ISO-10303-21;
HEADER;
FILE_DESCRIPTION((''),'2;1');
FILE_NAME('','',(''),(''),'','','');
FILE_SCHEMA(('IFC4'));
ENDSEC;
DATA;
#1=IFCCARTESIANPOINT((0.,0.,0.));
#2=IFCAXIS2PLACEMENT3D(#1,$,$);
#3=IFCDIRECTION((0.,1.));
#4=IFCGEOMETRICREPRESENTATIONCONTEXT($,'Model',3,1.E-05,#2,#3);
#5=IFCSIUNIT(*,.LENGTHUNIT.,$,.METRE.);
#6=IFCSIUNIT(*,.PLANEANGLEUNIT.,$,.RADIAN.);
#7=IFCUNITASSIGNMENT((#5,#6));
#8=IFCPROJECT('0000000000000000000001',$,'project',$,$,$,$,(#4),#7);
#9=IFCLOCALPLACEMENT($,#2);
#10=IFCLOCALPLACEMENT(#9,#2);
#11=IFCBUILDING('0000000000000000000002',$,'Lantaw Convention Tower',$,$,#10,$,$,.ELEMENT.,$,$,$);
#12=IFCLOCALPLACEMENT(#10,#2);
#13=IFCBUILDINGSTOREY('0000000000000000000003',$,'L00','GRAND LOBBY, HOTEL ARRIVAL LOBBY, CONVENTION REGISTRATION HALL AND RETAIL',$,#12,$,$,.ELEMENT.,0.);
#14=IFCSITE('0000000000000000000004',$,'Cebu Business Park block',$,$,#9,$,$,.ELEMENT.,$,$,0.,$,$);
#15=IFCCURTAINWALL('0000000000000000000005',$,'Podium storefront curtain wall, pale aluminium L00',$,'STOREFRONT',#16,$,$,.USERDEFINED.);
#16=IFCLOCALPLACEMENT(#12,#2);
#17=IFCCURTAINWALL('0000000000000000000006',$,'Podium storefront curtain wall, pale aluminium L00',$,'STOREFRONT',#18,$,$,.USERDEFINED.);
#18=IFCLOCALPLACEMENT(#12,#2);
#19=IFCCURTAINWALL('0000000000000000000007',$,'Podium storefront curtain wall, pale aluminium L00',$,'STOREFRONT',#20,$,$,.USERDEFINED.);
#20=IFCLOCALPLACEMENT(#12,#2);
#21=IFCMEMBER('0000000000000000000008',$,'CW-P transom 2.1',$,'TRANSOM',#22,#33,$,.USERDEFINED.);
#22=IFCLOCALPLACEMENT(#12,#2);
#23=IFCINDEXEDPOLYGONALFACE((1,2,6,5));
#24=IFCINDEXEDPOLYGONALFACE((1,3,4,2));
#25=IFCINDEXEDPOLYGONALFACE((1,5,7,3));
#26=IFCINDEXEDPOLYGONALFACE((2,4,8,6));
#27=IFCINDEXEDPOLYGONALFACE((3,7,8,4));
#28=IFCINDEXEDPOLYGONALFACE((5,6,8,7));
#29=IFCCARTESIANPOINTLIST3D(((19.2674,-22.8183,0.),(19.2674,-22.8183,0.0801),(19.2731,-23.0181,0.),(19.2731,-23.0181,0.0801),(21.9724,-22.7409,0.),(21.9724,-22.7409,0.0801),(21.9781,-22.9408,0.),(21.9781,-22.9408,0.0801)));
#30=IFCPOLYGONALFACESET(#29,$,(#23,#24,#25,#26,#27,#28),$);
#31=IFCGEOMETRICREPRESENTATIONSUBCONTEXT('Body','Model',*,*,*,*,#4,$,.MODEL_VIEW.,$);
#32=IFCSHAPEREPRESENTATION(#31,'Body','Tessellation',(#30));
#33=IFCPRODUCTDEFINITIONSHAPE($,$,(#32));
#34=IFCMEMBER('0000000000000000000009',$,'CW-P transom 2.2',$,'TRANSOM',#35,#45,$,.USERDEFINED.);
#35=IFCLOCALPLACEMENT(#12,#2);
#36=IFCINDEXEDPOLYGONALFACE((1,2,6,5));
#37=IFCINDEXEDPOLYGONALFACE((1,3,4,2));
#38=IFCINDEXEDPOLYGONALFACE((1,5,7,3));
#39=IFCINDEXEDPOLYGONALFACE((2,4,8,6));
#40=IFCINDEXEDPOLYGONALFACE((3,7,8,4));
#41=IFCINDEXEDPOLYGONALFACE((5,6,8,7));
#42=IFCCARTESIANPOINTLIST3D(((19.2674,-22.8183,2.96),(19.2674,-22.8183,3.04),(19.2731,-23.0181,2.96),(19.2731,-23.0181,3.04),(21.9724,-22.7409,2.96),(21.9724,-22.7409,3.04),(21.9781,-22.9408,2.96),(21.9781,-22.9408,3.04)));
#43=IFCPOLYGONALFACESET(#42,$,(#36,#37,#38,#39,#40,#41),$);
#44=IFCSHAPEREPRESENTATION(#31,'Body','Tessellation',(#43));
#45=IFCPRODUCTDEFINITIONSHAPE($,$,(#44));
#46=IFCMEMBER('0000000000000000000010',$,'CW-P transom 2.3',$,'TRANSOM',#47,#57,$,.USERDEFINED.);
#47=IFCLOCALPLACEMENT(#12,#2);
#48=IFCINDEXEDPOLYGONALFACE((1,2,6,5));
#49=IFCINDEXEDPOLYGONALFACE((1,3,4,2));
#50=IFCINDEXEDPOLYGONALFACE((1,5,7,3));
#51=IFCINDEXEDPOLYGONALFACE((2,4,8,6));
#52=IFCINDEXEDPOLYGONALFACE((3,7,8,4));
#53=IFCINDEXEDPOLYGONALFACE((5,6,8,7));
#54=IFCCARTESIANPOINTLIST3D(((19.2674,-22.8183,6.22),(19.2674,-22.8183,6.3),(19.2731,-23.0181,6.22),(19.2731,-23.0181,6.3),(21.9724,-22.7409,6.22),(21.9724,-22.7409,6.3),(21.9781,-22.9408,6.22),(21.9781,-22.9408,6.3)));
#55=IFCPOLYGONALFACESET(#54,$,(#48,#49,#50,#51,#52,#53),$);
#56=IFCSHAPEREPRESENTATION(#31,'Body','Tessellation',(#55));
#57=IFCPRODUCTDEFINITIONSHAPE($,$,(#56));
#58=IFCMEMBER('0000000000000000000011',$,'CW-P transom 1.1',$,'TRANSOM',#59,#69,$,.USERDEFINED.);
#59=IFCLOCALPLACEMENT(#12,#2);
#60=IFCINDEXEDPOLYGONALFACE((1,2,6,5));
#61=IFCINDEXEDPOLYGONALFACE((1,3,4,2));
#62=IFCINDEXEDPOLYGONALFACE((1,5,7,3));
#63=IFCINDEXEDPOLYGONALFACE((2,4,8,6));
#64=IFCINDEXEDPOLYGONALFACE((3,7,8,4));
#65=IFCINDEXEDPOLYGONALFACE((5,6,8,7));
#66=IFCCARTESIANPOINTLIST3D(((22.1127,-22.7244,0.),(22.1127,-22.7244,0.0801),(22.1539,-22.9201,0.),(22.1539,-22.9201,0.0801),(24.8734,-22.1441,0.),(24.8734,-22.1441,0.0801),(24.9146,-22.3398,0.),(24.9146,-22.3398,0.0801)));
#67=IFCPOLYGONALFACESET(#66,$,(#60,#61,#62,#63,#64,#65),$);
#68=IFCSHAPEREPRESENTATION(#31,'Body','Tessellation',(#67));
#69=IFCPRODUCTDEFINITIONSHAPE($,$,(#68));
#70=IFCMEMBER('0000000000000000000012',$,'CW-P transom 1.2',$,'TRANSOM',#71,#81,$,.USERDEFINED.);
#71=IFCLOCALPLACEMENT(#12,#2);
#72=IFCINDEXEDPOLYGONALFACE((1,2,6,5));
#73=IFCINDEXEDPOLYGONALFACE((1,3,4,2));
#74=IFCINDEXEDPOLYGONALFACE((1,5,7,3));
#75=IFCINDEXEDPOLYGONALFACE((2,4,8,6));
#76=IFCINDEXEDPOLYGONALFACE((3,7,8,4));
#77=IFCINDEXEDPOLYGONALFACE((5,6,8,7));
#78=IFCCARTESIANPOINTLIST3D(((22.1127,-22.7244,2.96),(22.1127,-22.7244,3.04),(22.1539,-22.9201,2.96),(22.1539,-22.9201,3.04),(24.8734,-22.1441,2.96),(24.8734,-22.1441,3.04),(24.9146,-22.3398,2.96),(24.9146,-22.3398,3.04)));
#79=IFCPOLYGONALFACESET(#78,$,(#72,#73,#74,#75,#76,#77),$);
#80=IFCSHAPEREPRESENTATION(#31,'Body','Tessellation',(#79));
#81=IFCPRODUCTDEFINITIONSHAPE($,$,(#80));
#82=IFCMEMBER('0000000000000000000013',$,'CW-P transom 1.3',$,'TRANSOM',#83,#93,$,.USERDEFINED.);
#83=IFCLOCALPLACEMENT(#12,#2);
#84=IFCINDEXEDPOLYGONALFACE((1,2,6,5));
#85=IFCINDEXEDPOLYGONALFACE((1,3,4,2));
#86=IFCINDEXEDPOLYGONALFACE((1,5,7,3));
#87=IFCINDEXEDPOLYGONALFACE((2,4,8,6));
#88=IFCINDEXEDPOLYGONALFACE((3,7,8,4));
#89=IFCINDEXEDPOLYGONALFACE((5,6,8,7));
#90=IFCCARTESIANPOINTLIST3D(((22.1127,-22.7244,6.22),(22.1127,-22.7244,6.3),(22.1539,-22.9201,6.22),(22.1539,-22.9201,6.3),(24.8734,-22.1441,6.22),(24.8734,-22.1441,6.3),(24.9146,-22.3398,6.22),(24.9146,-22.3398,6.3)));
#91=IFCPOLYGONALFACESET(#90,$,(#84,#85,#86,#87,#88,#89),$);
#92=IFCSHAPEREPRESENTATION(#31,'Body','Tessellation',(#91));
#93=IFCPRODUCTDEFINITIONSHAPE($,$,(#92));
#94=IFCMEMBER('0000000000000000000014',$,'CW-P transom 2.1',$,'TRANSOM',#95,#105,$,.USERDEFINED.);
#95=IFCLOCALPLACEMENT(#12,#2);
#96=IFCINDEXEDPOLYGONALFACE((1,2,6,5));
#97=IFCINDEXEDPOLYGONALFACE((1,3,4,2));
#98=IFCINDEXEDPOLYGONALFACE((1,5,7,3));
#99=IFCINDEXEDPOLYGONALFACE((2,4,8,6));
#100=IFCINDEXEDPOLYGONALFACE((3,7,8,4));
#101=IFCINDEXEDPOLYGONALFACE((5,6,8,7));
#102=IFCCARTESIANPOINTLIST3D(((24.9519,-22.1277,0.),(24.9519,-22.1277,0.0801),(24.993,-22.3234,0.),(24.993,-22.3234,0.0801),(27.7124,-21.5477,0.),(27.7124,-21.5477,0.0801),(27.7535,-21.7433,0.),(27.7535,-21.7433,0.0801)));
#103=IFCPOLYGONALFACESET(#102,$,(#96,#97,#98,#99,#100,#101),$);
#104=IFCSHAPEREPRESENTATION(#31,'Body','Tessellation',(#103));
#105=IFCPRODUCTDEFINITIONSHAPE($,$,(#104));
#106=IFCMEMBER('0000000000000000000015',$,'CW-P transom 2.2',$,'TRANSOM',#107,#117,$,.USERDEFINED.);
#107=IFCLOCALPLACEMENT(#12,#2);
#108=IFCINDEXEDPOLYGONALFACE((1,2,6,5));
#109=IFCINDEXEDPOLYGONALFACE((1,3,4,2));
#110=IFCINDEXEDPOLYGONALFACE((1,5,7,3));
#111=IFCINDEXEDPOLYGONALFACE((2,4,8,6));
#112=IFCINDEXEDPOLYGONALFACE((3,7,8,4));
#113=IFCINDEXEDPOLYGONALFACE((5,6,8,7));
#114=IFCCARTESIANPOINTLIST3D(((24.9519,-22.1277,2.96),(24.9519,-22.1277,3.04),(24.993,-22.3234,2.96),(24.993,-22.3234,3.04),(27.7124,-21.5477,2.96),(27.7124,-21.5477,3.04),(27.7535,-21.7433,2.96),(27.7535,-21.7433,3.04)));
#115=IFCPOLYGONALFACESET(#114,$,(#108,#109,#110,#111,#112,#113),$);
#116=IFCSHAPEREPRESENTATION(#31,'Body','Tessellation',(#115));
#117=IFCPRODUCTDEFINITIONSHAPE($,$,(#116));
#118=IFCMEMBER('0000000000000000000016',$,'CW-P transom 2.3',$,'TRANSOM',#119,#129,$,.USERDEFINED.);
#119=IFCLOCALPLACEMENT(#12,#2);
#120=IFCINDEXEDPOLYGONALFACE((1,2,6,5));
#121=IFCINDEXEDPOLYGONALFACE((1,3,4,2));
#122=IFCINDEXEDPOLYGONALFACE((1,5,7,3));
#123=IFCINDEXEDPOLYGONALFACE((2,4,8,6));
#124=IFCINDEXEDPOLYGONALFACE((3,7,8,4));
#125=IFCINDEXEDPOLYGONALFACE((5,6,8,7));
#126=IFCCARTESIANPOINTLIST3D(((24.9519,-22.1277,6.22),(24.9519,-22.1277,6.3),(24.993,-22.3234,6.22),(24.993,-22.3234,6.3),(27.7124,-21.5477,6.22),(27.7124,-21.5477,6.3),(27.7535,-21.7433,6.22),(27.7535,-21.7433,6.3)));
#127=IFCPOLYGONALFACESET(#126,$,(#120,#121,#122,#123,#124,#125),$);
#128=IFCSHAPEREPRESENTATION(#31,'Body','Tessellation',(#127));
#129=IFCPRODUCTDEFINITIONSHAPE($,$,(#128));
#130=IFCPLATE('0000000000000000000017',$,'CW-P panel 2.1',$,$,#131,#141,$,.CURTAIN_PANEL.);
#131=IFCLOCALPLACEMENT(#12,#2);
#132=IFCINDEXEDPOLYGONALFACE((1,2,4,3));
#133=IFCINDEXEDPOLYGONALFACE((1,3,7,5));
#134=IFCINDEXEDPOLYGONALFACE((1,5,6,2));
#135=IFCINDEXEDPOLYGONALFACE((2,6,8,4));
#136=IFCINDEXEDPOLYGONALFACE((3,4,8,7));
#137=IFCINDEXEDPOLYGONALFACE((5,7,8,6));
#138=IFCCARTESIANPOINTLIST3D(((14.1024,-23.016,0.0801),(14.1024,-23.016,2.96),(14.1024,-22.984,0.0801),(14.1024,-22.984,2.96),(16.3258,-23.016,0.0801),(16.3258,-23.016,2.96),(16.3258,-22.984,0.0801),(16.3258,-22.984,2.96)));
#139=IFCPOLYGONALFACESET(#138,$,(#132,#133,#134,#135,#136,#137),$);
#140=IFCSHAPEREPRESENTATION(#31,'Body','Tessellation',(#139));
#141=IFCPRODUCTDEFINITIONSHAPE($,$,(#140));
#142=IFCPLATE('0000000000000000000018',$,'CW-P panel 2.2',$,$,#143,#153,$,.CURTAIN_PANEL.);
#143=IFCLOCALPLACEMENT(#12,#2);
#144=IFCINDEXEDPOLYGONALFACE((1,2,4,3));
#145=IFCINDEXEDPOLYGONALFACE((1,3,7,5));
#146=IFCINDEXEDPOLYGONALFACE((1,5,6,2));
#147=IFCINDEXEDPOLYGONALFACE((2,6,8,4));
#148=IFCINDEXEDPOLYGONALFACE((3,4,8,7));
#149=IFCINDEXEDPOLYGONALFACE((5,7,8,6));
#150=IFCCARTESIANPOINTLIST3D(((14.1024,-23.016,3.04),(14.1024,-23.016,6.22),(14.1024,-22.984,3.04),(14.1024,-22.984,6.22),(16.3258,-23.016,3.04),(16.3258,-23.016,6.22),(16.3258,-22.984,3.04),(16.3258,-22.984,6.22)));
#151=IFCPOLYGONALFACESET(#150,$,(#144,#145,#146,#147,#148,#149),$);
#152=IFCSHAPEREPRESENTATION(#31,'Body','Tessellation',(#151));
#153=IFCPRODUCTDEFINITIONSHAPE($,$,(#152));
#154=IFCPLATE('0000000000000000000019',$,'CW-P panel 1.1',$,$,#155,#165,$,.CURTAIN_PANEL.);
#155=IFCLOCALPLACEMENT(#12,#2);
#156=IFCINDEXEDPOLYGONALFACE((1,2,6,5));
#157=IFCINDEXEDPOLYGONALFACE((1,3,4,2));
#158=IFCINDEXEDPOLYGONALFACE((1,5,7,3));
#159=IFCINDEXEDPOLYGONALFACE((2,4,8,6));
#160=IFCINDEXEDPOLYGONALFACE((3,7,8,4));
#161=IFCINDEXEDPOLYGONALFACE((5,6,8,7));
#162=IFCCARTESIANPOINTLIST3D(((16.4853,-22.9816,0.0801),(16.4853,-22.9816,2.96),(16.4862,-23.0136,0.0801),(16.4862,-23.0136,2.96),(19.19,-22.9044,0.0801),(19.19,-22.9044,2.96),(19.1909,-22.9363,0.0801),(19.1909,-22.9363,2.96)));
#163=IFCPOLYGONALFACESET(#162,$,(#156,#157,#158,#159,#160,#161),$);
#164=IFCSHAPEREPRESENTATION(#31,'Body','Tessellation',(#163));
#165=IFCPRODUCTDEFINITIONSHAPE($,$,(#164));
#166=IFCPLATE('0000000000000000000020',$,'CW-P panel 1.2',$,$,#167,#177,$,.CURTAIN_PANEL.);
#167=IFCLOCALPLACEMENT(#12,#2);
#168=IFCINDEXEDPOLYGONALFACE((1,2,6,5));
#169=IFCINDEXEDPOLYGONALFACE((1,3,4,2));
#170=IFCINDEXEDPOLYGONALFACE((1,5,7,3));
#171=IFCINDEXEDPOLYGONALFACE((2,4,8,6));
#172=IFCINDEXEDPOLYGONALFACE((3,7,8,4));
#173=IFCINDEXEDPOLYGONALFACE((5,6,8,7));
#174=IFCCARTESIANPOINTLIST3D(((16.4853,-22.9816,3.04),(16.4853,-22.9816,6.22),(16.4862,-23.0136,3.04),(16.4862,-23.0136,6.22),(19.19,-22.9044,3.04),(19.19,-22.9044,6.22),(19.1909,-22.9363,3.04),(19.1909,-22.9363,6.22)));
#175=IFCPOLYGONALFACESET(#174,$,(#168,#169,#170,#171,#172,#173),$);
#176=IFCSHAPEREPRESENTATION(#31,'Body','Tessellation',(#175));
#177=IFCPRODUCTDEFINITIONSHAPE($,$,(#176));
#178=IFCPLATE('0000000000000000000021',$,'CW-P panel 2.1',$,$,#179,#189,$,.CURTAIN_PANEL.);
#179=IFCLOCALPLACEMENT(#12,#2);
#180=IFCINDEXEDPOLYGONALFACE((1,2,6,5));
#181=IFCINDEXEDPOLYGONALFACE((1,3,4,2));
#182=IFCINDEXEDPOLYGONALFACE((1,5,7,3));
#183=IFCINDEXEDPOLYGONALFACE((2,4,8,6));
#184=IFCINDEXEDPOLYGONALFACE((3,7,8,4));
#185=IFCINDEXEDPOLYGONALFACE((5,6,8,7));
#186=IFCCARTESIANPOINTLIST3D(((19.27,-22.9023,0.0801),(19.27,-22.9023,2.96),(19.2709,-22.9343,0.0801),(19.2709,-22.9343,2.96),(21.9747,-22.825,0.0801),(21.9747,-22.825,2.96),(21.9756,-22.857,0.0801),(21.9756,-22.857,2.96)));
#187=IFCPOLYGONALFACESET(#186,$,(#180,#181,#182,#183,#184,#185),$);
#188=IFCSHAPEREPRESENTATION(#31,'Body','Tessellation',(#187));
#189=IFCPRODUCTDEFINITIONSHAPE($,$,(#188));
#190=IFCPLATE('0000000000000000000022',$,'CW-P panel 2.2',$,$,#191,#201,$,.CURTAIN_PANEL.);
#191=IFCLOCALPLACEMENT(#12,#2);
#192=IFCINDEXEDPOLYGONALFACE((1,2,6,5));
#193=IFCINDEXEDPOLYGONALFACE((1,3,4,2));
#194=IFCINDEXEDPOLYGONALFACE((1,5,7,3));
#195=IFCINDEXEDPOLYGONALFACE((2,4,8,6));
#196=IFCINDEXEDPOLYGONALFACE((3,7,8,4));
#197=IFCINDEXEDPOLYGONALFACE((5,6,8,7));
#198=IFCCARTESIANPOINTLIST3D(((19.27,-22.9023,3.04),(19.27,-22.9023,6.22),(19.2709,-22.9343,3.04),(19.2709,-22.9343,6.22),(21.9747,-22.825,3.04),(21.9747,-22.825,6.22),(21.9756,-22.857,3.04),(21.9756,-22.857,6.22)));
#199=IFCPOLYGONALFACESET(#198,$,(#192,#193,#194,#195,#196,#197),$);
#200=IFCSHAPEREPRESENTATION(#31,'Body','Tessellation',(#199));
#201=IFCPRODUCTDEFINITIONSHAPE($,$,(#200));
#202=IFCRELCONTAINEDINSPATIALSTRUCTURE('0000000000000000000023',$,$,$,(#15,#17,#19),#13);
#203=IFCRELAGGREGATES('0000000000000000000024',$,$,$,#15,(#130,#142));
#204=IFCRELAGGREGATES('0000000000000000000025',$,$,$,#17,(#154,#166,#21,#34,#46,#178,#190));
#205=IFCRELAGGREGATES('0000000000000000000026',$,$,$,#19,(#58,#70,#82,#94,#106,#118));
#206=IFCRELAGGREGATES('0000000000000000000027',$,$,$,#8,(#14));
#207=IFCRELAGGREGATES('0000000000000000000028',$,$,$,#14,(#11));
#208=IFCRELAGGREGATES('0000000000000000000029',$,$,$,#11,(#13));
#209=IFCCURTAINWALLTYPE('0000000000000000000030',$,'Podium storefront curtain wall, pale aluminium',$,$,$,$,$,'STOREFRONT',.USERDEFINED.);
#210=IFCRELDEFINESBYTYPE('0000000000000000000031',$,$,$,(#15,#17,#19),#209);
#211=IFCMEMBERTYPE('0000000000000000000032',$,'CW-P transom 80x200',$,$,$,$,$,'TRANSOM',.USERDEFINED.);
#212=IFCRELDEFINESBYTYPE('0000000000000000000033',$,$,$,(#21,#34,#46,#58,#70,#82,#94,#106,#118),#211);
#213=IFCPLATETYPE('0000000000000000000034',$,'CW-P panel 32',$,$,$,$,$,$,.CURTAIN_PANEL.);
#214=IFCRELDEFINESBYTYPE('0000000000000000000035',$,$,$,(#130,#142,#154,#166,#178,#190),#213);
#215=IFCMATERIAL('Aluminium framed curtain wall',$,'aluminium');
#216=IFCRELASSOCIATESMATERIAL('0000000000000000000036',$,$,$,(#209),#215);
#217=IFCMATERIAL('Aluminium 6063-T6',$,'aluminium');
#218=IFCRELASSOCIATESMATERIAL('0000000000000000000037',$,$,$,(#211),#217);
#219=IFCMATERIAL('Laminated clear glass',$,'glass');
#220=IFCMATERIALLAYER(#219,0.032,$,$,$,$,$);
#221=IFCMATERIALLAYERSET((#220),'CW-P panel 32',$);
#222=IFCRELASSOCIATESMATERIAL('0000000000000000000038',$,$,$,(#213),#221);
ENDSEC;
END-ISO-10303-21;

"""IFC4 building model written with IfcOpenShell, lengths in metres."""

from ifc_helpers import new_model, si_unit, direction, frame, origin, origin_2d, place, context, subcontext, project, spatial, rectangle, extrude, material, layer, layer_set, material_profile, profile_set, type_object, element, aggregate, save


model = new_model("IFC4")

# Units and contexts
model_context = context("Model", 3, precision=1e-05, world=origin(), true_north=direction((0.0, 1.0)))
body_context = subcontext(model_context, "Body", "Model", "MODEL_VIEW")
ifc_project = project(units=[si_unit("LENGTHUNIT", "METRE"), si_unit("PLANEANGLEUNIT", "RADIAN")], contexts=[model_context])

# Site, building, storey
site_placement = place(None, origin())
site = spatial("IfcSite", under=ifc_project, at=site_placement, Name="Cebu Business Park block", CompositionType="ELEMENT", RefElevation=0.0)
building_placement = place(site_placement, origin())
building = spatial("IfcBuilding", under=site, at=building_placement, Name="Lantaw Convention Tower", CompositionType="ELEMENT")
storey_placement = place(building_placement, origin())
storey = spatial("IfcBuildingStorey", under=building, at=storey_placement, Name="L00", Description="GRAND LOBBY, HOTEL ARRIVAL LOBBY, CONVENTION REGISTRATION HALL AND RETAIL", CompositionType="ELEMENT", Elevation=0.0)

# Curtain wall
ifc_material_1 = material(Name="Aluminium framed curtain wall", Category="aluminium")
curtain_wall_type = type_object("IfcCurtainWallType", Name="Podium storefront curtain wall, pale aluminium", ElementType="STOREFRONT", PredefinedType="USERDEFINED", material=ifc_material_1)
curtain_wall_1_placement = place(storey_placement, origin())
curtain_wall_1 = element("IfcCurtainWall", 1, at=curtain_wall_1_placement, inside=storey, type_object=curtain_wall_type, Name="Podium storefront curtain wall, pale aluminium L00", ObjectType="STOREFRONT", PredefinedType="USERDEFINED")
ifc_material_2 = material(Name="Aluminium 6063-T6", Category="aluminium")

# Curtain walls
curtain_wall_2_placement = place(storey_placement, origin())
curtain_wall_2 = element("IfcCurtainWall", 2, at=curtain_wall_2_placement, inside=storey, type_object=curtain_wall_type, Name="Podium storefront curtain wall, pale aluminium L00", ObjectType="STOREFRONT", PredefinedType="USERDEFINED")
curtain_wall_3_placement = place(storey_placement, origin())
curtain_wall_3 = element("IfcCurtainWall", 3, at=curtain_wall_3_placement, inside=storey, type_object=curtain_wall_type, Name="Podium storefront curtain wall, pale aluminium L00", ObjectType="STOREFRONT", PredefinedType="USERDEFINED")

# Members
ifc_material_profile_1 = material_profile(ifc_material_2, rectangle(XDim=0.2, YDim=0.0801, at=origin_2d()), Name="CW-P transom 80x200")
ifc_profile_set_1 = profile_set([ifc_material_profile_1], Name="Aluminium 6063-T6")
member_type_1 = type_object("IfcMemberType", Name="CW-P transom 80x200", ElementType="TRANSOM", PredefinedType="USERDEFINED", material=ifc_profile_set_1)
member_1_placement = place(storey_placement, frame((19.2703, -22.9182, 0.04), z_axis=(0.999591, 0.028601, 0.0), x_axis=(-0.028601, 0.999591, 0.0)))
member_1 = element("IfcMember", 4, at=member_1_placement, type_object=member_type_1, Name="CW-P transom 2.1", ObjectType="TRANSOM", PredefinedType="USERDEFINED", context=body_context, shape_type="SweptSolid", body=[
    extrude(rectangle(XDim=0.2, YDim=0.0801, at=origin_2d()), origin(), (0.0, 0.0, 1.0), 2.7061),
])
member_2_placement = place(storey_placement, frame((19.2703, -22.9182, 3.0), z_axis=(0.999591, 0.028601, 0.0), x_axis=(-0.028601, 0.999591, 0.0)))
member_2 = element("IfcMember", 5, at=member_2_placement, type_object=member_type_1, Name="CW-P transom 2.2", ObjectType="TRANSOM", PredefinedType="USERDEFINED", context=body_context, shape_type="SweptSolid", body=[
    extrude(rectangle(XDim=0.2, YDim=0.0801, at=origin_2d()), origin(), (0.0, 0.0, 1.0), 2.7061),
])
member_3_placement = place(storey_placement, frame((19.2703, -22.9182, 6.26), z_axis=(0.999591, 0.028601, 0.0), x_axis=(-0.028601, 0.999591, 0.0)))
member_3 = element("IfcMember", 6, at=member_3_placement, type_object=member_type_1, Name="CW-P transom 2.3", ObjectType="TRANSOM", PredefinedType="USERDEFINED", context=body_context, shape_type="SweptSolid", body=[
    extrude(rectangle(XDim=0.2, YDim=0.0801, at=origin_2d()), origin(), (0.0, 0.0, 1.0), 2.7061),
])
member_4_placement = place(storey_placement, frame((22.1333, -22.8223, 0.04), z_axis=(0.978613, 0.20571, 0.0), x_axis=(-0.20571, 0.978613, 0.0)))
member_4 = element("IfcMember", 7, at=member_4_placement, type_object=member_type_1, Name="CW-P transom 1.1", ObjectType="TRANSOM", PredefinedType="USERDEFINED", context=body_context, shape_type="SweptSolid", body=[
    extrude(rectangle(XDim=0.2, YDim=0.0801, at=origin_2d()), origin(), (0.0, 0.0, 1.0), 2.821),
])
member_5_placement = place(storey_placement, frame((22.1333, -22.8223, 3.0), z_axis=(0.978613, 0.20571, 0.0), x_axis=(-0.20571, 0.978613, 0.0)))
member_5 = element("IfcMember", 8, at=member_5_placement, type_object=member_type_1, Name="CW-P transom 1.2", ObjectType="TRANSOM", PredefinedType="USERDEFINED", context=body_context, shape_type="SweptSolid", body=[
    extrude(rectangle(XDim=0.2, YDim=0.0801, at=origin_2d()), origin(), (0.0, 0.0, 1.0), 2.821),
])
member_6_placement = place(storey_placement, frame((22.1333, -22.8223, 6.26), z_axis=(0.978613, 0.20571, 0.0), x_axis=(-0.20571, 0.978613, 0.0)))
member_6 = element("IfcMember", 9, at=member_6_placement, type_object=member_type_1, Name="CW-P transom 1.3", ObjectType="TRANSOM", PredefinedType="USERDEFINED", context=body_context, shape_type="SweptSolid", body=[
    extrude(rectangle(XDim=0.2, YDim=0.0801, at=origin_2d()), origin(), (0.0, 0.0, 1.0), 2.821),
])
member_7_placement = place(storey_placement, frame((24.9724, -22.2256, 0.04), z_axis=(0.978627, 0.205644, 0.0), x_axis=(-0.205644, 0.978627, 0.0)))
member_7 = element("IfcMember", 10, at=member_7_placement, type_object=member_type_1, Name="CW-P transom 2.1", ObjectType="TRANSOM", PredefinedType="USERDEFINED", context=body_context, shape_type="SweptSolid", body=[
    extrude(rectangle(XDim=0.2, YDim=0.0801, at=origin_2d()), origin(), (0.0, 0.0, 1.0), 2.8208),
])
member_8_placement = place(storey_placement, frame((24.9724, -22.2256, 3.0), z_axis=(0.978627, 0.205644, 0.0), x_axis=(-0.205644, 0.978627, 0.0)))
member_8 = element("IfcMember", 11, at=member_8_placement, type_object=member_type_1, Name="CW-P transom 2.2", ObjectType="TRANSOM", PredefinedType="USERDEFINED", context=body_context, shape_type="SweptSolid", body=[
    extrude(rectangle(XDim=0.2, YDim=0.0801, at=origin_2d()), origin(), (0.0, 0.0, 1.0), 2.8208),
])
member_9_placement = place(storey_placement, frame((24.9724, -22.2256, 6.26), z_axis=(0.978627, 0.205644, 0.0), x_axis=(-0.205644, 0.978627, 0.0)))
member_9 = element("IfcMember", 12, at=member_9_placement, type_object=member_type_1, Name="CW-P transom 2.3", ObjectType="TRANSOM", PredefinedType="USERDEFINED", context=body_context, shape_type="SweptSolid", body=[
    extrude(rectangle(XDim=0.2, YDim=0.0801, at=origin_2d()), origin(), (0.0, 0.0, 1.0), 2.8208),
])

# Plates
ifc_material_3 = material(Name="Laminated clear glass", Category="glass")
ifc_layer = layer(ifc_material_3, 0.032)
ifc_layer_set = layer_set([ifc_layer], Name="CW-P panel 32")
plate_type = type_object("IfcPlateType", Name="CW-P panel 32", PredefinedType="CURTAIN_PANEL", material=ifc_layer_set)
plate_1_placement = place(storey_placement, frame((15.2141, -23.0, 0.0801), z_axis=(0.0, 0.0, 1.0), x_axis=(1.0, 0.0, 0.0)))
plate_1 = element("IfcPlate", 13, at=plate_1_placement, type_object=plate_type, Name="CW-P panel 2.1", PredefinedType="CURTAIN_PANEL", context=body_context, shape_type="SweptSolid", body=[
    extrude(rectangle(XDim=2.2234, YDim=0.032, at=origin_2d()), origin(), (0.0, 0.0, 1.0), 2.8799),
])
plate_2_placement = place(storey_placement, frame((15.2141, -23.0, 3.04), z_axis=(0.0, 0.0, 1.0), x_axis=(1.0, 0.0, 0.0)))
plate_2 = element("IfcPlate", 14, at=plate_2_placement, type_object=plate_type, Name="CW-P panel 2.2", PredefinedType="CURTAIN_PANEL", context=body_context, shape_type="SweptSolid", body=[
    extrude(rectangle(XDim=2.2234, YDim=0.032, at=origin_2d()), origin(), (0.0, 0.0, 1.0), 3.1799),
])
aggregate(curtain_wall_1, [plate_1, plate_2])
plate_3_placement = place(storey_placement, frame((17.8381, -22.959, 0.0801), z_axis=(0.0, 0.0, 1.0), x_axis=(0.999592, 0.028552, 0.0)))
plate_3 = element("IfcPlate", 15, at=plate_3_placement, type_object=plate_type, Name="CW-P panel 1.1", PredefinedType="CURTAIN_PANEL", context=body_context, shape_type="SweptSolid", body=[
    extrude(rectangle(XDim=2.7058, YDim=0.032, at=origin_2d()), origin(), (0.0, 0.0, 1.0), 2.8799),
])
plate_4_placement = place(storey_placement, frame((17.8381, -22.959, 3.04), z_axis=(0.0, 0.0, 1.0), x_axis=(0.999592, 0.028552, 0.0)))
plate_4 = element("IfcPlate", 16, at=plate_4_placement, type_object=plate_type, Name="CW-P panel 1.2", PredefinedType="CURTAIN_PANEL", context=body_context, shape_type="SweptSolid", body=[
    extrude(rectangle(XDim=2.7058, YDim=0.032, at=origin_2d()), origin(), (0.0, 0.0, 1.0), 3.1799),
])
plate_5_placement = place(storey_placement, frame((20.6228, -22.8796, 0.0801), z_axis=(0.0, 0.0, 1.0), x_axis=(0.999592, 0.028552, 0.0)))
plate_5 = element("IfcPlate", 17, at=plate_5_placement, type_object=plate_type, Name="CW-P panel 2.1", PredefinedType="CURTAIN_PANEL", context=body_context, shape_type="SweptSolid", body=[
    extrude(rectangle(XDim=2.7058, YDim=0.032, at=origin_2d()), origin(), (0.0, 0.0, 1.0), 2.8799),
])
plate_6_placement = place(storey_placement, frame((20.6228, -22.8796, 3.04), z_axis=(0.0, 0.0, 1.0), x_axis=(0.999592, 0.028552, 0.0)))
plate_6 = element("IfcPlate", 18, at=plate_6_placement, type_object=plate_type, Name="CW-P panel 2.2", PredefinedType="CURTAIN_PANEL", context=body_context, shape_type="SweptSolid", body=[
    extrude(rectangle(XDim=2.7058, YDim=0.032, at=origin_2d()), origin(), (0.0, 0.0, 1.0), 3.1799),
])
aggregate(curtain_wall_2, [plate_3, plate_4, member_1, member_2, member_3, plate_5, plate_6])
aggregate(curtain_wall_3, [member_4, member_5, member_6, member_7, member_8, member_9])

save(model, "model.ifc")
